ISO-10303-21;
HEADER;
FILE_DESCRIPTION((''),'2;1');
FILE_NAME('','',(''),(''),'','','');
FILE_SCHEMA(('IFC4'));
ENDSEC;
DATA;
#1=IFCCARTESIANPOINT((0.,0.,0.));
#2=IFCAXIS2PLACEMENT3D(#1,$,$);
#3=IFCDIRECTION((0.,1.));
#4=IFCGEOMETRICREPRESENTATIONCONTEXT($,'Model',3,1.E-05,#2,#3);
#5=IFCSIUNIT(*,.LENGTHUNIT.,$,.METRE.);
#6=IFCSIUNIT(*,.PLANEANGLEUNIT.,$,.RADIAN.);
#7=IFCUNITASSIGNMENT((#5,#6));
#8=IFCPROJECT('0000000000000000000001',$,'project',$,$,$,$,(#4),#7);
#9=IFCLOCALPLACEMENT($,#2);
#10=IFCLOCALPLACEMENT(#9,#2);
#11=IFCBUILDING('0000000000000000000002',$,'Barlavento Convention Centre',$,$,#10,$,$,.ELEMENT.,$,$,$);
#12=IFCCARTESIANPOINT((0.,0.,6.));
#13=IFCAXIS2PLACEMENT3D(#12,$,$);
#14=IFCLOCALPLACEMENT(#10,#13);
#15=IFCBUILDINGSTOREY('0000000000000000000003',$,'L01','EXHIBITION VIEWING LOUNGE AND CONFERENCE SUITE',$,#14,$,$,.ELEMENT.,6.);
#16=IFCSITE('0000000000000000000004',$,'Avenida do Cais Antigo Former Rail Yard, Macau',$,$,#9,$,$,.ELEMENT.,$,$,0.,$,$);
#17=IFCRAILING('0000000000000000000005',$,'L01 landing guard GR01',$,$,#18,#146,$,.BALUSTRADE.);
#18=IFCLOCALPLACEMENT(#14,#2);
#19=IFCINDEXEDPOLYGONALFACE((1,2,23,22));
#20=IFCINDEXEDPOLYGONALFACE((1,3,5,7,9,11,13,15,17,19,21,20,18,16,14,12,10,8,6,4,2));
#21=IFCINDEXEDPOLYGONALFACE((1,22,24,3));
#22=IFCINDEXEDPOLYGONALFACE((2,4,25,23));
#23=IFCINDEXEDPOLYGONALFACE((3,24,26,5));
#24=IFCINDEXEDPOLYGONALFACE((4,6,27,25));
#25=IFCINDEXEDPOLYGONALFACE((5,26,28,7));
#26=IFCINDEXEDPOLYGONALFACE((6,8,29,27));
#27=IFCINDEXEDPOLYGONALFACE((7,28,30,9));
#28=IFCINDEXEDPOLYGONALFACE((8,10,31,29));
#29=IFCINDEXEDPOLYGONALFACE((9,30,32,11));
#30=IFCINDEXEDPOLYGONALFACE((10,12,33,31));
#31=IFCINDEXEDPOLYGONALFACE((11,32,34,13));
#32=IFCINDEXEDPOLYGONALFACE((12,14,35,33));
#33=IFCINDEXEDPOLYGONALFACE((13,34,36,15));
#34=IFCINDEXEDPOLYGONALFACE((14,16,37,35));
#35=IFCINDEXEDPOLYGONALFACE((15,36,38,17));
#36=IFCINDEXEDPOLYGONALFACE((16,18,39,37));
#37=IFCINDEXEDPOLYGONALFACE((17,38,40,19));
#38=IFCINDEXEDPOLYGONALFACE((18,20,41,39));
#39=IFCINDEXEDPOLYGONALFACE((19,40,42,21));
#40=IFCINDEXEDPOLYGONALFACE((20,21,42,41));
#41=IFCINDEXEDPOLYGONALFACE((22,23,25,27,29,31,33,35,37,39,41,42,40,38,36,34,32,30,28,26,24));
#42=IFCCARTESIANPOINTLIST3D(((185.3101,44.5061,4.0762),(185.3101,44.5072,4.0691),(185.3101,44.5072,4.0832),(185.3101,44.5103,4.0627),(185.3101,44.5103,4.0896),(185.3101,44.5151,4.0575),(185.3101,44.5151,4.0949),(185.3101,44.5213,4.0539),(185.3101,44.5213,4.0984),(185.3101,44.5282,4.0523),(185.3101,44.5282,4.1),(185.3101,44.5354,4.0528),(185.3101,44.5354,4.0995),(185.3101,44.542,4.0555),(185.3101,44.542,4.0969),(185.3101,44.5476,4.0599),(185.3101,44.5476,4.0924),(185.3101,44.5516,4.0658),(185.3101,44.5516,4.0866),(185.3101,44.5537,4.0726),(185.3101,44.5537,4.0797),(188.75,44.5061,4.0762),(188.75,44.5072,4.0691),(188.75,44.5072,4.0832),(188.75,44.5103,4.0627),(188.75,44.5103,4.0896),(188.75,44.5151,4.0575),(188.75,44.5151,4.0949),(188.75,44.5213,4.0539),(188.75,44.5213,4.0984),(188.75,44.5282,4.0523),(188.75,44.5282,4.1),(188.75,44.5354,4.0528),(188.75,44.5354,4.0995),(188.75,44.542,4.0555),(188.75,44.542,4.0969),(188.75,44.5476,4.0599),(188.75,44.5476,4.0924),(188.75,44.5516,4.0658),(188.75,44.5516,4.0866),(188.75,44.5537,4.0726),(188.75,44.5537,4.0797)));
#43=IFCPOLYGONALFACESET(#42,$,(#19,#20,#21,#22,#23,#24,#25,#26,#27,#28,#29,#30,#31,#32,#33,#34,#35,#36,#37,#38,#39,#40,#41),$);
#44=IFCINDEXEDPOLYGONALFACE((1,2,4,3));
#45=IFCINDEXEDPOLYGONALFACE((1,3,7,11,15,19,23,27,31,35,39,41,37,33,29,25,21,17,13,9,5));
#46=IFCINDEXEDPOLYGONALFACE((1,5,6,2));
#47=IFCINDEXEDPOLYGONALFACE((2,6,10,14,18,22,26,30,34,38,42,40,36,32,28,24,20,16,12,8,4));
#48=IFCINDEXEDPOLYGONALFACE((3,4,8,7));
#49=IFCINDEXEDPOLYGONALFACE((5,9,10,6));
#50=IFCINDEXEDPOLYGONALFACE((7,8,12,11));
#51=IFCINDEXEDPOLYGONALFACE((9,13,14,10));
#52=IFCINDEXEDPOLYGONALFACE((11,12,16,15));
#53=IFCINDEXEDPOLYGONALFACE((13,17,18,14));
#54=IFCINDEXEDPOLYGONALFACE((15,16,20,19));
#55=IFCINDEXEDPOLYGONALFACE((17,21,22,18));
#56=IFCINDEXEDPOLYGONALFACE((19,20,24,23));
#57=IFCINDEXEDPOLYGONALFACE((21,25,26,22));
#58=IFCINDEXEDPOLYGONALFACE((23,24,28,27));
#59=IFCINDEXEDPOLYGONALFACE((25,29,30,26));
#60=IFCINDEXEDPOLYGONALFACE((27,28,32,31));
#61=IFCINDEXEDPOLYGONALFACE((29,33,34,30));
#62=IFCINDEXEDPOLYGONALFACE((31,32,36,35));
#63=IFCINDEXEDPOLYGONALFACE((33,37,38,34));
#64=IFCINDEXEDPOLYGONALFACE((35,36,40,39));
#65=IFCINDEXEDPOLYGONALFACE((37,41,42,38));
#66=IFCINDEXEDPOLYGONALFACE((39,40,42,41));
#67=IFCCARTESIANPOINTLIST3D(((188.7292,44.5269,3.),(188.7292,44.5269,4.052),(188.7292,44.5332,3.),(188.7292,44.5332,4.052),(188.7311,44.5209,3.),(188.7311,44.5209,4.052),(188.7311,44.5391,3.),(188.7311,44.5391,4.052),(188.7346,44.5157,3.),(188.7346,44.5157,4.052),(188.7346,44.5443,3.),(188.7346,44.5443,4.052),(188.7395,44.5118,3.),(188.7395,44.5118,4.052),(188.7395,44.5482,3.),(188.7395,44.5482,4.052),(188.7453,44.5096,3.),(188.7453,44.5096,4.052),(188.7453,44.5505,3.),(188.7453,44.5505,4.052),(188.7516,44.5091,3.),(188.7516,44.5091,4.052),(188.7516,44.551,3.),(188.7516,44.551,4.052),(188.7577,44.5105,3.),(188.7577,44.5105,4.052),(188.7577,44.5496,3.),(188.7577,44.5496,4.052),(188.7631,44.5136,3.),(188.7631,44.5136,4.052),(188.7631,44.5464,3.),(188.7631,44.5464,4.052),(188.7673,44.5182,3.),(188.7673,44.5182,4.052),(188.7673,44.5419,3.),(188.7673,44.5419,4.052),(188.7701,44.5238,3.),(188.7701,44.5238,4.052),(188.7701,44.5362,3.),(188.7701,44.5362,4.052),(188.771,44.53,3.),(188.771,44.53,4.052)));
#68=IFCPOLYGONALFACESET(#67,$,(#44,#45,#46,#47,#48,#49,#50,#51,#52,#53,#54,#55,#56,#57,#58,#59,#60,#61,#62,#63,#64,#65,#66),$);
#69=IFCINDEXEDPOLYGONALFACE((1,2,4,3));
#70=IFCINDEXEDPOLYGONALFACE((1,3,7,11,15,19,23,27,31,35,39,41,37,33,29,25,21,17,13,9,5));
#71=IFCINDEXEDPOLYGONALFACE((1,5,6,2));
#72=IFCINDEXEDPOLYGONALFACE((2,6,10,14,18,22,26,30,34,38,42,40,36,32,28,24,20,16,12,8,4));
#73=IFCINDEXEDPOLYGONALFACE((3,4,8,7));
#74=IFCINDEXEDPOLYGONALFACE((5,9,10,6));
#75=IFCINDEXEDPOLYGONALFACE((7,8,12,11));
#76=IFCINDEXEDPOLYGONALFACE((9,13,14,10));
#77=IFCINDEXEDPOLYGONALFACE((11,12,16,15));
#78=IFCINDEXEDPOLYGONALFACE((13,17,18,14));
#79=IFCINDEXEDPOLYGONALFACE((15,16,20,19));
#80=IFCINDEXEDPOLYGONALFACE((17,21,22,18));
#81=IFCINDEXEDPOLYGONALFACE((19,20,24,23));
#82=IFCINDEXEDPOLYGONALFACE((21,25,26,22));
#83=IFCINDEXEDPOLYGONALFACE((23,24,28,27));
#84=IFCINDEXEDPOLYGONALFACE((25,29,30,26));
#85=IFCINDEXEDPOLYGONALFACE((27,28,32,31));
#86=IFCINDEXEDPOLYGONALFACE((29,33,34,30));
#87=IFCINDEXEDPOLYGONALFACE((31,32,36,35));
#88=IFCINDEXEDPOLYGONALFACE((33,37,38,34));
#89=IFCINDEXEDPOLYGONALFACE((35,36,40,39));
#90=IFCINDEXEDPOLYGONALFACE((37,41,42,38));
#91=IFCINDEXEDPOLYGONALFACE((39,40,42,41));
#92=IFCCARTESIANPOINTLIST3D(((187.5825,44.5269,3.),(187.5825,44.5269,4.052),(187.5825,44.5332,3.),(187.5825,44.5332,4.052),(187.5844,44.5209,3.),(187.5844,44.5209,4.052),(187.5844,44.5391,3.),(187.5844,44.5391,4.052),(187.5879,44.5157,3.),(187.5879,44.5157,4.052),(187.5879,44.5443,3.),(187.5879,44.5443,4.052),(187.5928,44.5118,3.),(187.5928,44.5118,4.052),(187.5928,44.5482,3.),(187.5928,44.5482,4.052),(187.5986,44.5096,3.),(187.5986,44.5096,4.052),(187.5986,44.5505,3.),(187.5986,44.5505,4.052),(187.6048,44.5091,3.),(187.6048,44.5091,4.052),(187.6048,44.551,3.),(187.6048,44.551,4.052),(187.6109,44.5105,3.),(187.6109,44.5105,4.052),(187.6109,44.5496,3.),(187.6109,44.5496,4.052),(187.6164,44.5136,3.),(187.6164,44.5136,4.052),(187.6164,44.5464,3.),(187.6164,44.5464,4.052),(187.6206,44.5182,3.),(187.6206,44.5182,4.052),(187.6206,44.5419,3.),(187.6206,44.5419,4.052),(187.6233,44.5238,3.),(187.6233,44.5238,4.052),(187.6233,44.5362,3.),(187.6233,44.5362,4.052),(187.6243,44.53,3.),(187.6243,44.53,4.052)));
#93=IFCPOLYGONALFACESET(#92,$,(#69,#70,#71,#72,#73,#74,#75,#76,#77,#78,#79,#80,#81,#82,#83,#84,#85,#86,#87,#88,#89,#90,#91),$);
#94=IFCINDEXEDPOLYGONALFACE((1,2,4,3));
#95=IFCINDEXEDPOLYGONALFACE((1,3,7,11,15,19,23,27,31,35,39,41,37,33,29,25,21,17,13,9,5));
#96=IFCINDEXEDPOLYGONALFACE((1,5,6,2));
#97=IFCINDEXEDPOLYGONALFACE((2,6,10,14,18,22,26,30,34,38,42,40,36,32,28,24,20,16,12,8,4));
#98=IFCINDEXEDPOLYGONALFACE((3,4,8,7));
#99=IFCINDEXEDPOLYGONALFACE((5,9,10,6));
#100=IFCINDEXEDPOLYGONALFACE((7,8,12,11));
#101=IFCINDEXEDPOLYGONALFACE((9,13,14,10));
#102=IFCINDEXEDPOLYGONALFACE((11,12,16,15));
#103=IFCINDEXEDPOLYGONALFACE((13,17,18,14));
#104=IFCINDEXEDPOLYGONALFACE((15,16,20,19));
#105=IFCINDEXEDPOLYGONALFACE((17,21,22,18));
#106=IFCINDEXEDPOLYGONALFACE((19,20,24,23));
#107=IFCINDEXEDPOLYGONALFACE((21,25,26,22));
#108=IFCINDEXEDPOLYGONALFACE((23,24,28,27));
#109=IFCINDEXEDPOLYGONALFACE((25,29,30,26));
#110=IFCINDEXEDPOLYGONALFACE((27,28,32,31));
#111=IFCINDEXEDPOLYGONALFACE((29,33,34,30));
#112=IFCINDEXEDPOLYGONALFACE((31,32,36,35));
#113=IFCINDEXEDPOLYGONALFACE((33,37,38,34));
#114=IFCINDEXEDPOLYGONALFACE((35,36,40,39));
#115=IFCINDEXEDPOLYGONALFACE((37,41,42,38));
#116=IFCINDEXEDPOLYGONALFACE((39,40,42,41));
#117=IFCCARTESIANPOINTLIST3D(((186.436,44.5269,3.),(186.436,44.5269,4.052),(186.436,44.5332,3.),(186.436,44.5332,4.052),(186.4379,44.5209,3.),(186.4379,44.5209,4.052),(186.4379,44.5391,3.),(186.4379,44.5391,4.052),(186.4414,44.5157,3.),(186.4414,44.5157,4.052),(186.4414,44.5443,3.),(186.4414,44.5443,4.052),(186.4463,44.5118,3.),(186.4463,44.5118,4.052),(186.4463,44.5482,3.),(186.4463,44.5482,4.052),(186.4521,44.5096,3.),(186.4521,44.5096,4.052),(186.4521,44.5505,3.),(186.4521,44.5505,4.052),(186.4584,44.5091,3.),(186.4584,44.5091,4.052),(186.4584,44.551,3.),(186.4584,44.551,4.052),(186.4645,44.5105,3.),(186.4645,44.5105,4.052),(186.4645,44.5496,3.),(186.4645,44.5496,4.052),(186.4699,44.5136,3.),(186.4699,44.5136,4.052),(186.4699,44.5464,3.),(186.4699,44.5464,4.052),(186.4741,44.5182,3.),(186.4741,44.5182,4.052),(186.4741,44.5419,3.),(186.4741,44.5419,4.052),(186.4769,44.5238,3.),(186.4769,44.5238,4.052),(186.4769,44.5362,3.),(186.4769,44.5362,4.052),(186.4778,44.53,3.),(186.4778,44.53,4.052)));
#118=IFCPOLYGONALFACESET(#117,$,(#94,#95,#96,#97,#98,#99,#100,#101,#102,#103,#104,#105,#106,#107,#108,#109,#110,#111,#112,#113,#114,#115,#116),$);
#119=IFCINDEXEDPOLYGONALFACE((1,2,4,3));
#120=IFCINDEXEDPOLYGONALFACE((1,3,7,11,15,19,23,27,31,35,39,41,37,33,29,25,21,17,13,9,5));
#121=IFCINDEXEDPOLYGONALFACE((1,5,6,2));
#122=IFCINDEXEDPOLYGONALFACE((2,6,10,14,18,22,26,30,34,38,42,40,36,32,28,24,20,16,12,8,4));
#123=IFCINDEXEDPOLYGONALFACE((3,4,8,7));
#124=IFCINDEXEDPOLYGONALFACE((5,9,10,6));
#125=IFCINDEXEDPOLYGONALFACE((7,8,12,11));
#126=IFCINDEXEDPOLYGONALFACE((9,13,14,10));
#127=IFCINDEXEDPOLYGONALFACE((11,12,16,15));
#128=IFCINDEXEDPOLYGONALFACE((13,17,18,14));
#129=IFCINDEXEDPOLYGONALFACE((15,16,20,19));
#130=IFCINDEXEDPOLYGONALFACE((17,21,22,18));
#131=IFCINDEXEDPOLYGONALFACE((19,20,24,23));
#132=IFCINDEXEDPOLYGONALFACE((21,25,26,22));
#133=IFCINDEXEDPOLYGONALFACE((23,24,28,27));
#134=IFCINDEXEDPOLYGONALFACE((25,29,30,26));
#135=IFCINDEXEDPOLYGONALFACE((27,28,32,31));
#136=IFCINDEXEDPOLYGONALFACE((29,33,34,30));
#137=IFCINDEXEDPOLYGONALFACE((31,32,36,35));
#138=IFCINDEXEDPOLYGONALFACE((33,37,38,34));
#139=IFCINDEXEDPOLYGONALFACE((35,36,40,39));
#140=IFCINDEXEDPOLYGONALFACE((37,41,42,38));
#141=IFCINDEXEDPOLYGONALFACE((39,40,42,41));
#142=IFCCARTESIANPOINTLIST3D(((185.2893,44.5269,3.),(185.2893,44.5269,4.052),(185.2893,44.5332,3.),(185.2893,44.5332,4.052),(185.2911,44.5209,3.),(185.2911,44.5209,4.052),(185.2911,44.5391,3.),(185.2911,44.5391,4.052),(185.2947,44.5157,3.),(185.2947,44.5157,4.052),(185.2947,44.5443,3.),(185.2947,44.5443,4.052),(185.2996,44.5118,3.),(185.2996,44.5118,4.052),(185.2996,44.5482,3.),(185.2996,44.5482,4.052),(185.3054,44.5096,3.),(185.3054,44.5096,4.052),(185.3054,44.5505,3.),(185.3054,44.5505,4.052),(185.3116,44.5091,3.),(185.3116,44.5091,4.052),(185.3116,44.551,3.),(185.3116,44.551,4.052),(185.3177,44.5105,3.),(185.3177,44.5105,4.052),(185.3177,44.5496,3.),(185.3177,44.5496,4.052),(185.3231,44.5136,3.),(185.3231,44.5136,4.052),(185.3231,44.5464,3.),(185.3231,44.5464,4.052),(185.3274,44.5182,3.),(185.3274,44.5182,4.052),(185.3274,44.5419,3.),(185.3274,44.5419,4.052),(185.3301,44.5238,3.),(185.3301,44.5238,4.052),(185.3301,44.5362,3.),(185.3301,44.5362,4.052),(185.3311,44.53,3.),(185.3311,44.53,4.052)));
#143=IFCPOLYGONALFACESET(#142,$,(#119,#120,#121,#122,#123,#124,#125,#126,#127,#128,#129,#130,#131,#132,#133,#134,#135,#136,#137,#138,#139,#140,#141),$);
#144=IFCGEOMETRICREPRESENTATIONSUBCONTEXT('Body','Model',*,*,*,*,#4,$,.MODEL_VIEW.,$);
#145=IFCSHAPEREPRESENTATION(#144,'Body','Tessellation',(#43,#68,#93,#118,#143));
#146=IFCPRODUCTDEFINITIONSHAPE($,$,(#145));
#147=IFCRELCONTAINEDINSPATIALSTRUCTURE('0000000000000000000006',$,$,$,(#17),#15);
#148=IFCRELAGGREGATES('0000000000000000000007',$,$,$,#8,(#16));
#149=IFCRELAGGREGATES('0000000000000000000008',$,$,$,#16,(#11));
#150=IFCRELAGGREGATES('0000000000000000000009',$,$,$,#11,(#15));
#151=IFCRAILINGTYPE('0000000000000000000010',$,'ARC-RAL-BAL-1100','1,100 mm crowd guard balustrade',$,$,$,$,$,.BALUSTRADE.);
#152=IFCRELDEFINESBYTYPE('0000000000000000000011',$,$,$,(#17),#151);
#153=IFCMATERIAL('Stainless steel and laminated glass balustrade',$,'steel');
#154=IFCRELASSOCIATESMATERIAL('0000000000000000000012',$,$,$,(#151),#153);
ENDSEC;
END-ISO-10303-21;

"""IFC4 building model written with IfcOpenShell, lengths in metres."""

from ifc_helpers import new_model, si_unit, direction, frame, origin, origin_2d, place, context, subcontext, project, spatial, circle, extrude, material, type_object, element, save


model = new_model("IFC4")

# Units and contexts
model_context = context("Model", 3, precision=1e-05, world=origin(), true_north=direction((0.0, 1.0)))
body_context = subcontext(model_context, "Body", "Model", "MODEL_VIEW")
ifc_project = project(units=[si_unit("LENGTHUNIT", "METRE"), si_unit("PLANEANGLEUNIT", "RADIAN")], contexts=[model_context])

# Site, building, storey
site_placement = place(None, origin())
site = spatial("IfcSite", under=ifc_project, at=site_placement, Name="Avenida do Cais Antigo Former Rail Yard, Macau", CompositionType="ELEMENT", RefElevation=0.0)
building_placement = place(site_placement, origin())
building = spatial("IfcBuilding", under=site, at=building_placement, Name="Barlavento Convention Centre", CompositionType="ELEMENT")
storey_placement = place(building_placement, frame((0.0, 0.0, 6.0)))
storey = spatial("IfcBuildingStorey", under=building, at=storey_placement, Name="L01", Description="EXHIBITION VIEWING LOUNGE AND CONFERENCE SUITE", CompositionType="ELEMENT", Elevation=6.0)

# Railing
ifc_material_1 = material(Name="Stainless steel and laminated glass balustrade", Category="steel")
railing_type_1 = type_object("IfcRailingType", Name="ARC-RAL-BAL-1100", Description="1,100 mm crowd guard balustrade", PredefinedType="BALUSTRADE", material=ifc_material_1)
railing_1_placement = place(storey_placement, frame((188.75, 44.53, 3.0)))
element("IfcRailing", 1, at=railing_1_placement, inside=storey, type_object=railing_type_1, Name="L01 landing guard GR01", PredefinedType="BALUSTRADE", context=body_context, shape_type="SweptSolid", body=[
    extrude(circle(Radius=0.0239, at=origin_2d()), frame((0.0, 0.0, 1.0762), z_axis=(-1.0, 0.0, 0.0), x_axis=(0.0, -1.0, 0.0)), (0.0, 0.0, 1.0), 3.4399),
    extrude(circle(Radius=0.021, at=origin_2d()), origin(), (0.0, 0.0, 1.0), 1.052),
    extrude(circle(Radius=0.021, at=origin_2d()), frame((-1.1467, 0.0, 0.0)), (0.0, 0.0, 1.0), 1.052),
    extrude(circle(Radius=0.021, at=origin_2d()), frame((-2.2932, 0.0, 0.0)), (0.0, 0.0, 1.0), 1.052),
    extrude(circle(Radius=0.021, at=origin_2d()), frame((-3.4399, 0.0, 0.0)), (0.0, 0.0, 1.0), 1.052),
])

save(model, "model.ifc")
